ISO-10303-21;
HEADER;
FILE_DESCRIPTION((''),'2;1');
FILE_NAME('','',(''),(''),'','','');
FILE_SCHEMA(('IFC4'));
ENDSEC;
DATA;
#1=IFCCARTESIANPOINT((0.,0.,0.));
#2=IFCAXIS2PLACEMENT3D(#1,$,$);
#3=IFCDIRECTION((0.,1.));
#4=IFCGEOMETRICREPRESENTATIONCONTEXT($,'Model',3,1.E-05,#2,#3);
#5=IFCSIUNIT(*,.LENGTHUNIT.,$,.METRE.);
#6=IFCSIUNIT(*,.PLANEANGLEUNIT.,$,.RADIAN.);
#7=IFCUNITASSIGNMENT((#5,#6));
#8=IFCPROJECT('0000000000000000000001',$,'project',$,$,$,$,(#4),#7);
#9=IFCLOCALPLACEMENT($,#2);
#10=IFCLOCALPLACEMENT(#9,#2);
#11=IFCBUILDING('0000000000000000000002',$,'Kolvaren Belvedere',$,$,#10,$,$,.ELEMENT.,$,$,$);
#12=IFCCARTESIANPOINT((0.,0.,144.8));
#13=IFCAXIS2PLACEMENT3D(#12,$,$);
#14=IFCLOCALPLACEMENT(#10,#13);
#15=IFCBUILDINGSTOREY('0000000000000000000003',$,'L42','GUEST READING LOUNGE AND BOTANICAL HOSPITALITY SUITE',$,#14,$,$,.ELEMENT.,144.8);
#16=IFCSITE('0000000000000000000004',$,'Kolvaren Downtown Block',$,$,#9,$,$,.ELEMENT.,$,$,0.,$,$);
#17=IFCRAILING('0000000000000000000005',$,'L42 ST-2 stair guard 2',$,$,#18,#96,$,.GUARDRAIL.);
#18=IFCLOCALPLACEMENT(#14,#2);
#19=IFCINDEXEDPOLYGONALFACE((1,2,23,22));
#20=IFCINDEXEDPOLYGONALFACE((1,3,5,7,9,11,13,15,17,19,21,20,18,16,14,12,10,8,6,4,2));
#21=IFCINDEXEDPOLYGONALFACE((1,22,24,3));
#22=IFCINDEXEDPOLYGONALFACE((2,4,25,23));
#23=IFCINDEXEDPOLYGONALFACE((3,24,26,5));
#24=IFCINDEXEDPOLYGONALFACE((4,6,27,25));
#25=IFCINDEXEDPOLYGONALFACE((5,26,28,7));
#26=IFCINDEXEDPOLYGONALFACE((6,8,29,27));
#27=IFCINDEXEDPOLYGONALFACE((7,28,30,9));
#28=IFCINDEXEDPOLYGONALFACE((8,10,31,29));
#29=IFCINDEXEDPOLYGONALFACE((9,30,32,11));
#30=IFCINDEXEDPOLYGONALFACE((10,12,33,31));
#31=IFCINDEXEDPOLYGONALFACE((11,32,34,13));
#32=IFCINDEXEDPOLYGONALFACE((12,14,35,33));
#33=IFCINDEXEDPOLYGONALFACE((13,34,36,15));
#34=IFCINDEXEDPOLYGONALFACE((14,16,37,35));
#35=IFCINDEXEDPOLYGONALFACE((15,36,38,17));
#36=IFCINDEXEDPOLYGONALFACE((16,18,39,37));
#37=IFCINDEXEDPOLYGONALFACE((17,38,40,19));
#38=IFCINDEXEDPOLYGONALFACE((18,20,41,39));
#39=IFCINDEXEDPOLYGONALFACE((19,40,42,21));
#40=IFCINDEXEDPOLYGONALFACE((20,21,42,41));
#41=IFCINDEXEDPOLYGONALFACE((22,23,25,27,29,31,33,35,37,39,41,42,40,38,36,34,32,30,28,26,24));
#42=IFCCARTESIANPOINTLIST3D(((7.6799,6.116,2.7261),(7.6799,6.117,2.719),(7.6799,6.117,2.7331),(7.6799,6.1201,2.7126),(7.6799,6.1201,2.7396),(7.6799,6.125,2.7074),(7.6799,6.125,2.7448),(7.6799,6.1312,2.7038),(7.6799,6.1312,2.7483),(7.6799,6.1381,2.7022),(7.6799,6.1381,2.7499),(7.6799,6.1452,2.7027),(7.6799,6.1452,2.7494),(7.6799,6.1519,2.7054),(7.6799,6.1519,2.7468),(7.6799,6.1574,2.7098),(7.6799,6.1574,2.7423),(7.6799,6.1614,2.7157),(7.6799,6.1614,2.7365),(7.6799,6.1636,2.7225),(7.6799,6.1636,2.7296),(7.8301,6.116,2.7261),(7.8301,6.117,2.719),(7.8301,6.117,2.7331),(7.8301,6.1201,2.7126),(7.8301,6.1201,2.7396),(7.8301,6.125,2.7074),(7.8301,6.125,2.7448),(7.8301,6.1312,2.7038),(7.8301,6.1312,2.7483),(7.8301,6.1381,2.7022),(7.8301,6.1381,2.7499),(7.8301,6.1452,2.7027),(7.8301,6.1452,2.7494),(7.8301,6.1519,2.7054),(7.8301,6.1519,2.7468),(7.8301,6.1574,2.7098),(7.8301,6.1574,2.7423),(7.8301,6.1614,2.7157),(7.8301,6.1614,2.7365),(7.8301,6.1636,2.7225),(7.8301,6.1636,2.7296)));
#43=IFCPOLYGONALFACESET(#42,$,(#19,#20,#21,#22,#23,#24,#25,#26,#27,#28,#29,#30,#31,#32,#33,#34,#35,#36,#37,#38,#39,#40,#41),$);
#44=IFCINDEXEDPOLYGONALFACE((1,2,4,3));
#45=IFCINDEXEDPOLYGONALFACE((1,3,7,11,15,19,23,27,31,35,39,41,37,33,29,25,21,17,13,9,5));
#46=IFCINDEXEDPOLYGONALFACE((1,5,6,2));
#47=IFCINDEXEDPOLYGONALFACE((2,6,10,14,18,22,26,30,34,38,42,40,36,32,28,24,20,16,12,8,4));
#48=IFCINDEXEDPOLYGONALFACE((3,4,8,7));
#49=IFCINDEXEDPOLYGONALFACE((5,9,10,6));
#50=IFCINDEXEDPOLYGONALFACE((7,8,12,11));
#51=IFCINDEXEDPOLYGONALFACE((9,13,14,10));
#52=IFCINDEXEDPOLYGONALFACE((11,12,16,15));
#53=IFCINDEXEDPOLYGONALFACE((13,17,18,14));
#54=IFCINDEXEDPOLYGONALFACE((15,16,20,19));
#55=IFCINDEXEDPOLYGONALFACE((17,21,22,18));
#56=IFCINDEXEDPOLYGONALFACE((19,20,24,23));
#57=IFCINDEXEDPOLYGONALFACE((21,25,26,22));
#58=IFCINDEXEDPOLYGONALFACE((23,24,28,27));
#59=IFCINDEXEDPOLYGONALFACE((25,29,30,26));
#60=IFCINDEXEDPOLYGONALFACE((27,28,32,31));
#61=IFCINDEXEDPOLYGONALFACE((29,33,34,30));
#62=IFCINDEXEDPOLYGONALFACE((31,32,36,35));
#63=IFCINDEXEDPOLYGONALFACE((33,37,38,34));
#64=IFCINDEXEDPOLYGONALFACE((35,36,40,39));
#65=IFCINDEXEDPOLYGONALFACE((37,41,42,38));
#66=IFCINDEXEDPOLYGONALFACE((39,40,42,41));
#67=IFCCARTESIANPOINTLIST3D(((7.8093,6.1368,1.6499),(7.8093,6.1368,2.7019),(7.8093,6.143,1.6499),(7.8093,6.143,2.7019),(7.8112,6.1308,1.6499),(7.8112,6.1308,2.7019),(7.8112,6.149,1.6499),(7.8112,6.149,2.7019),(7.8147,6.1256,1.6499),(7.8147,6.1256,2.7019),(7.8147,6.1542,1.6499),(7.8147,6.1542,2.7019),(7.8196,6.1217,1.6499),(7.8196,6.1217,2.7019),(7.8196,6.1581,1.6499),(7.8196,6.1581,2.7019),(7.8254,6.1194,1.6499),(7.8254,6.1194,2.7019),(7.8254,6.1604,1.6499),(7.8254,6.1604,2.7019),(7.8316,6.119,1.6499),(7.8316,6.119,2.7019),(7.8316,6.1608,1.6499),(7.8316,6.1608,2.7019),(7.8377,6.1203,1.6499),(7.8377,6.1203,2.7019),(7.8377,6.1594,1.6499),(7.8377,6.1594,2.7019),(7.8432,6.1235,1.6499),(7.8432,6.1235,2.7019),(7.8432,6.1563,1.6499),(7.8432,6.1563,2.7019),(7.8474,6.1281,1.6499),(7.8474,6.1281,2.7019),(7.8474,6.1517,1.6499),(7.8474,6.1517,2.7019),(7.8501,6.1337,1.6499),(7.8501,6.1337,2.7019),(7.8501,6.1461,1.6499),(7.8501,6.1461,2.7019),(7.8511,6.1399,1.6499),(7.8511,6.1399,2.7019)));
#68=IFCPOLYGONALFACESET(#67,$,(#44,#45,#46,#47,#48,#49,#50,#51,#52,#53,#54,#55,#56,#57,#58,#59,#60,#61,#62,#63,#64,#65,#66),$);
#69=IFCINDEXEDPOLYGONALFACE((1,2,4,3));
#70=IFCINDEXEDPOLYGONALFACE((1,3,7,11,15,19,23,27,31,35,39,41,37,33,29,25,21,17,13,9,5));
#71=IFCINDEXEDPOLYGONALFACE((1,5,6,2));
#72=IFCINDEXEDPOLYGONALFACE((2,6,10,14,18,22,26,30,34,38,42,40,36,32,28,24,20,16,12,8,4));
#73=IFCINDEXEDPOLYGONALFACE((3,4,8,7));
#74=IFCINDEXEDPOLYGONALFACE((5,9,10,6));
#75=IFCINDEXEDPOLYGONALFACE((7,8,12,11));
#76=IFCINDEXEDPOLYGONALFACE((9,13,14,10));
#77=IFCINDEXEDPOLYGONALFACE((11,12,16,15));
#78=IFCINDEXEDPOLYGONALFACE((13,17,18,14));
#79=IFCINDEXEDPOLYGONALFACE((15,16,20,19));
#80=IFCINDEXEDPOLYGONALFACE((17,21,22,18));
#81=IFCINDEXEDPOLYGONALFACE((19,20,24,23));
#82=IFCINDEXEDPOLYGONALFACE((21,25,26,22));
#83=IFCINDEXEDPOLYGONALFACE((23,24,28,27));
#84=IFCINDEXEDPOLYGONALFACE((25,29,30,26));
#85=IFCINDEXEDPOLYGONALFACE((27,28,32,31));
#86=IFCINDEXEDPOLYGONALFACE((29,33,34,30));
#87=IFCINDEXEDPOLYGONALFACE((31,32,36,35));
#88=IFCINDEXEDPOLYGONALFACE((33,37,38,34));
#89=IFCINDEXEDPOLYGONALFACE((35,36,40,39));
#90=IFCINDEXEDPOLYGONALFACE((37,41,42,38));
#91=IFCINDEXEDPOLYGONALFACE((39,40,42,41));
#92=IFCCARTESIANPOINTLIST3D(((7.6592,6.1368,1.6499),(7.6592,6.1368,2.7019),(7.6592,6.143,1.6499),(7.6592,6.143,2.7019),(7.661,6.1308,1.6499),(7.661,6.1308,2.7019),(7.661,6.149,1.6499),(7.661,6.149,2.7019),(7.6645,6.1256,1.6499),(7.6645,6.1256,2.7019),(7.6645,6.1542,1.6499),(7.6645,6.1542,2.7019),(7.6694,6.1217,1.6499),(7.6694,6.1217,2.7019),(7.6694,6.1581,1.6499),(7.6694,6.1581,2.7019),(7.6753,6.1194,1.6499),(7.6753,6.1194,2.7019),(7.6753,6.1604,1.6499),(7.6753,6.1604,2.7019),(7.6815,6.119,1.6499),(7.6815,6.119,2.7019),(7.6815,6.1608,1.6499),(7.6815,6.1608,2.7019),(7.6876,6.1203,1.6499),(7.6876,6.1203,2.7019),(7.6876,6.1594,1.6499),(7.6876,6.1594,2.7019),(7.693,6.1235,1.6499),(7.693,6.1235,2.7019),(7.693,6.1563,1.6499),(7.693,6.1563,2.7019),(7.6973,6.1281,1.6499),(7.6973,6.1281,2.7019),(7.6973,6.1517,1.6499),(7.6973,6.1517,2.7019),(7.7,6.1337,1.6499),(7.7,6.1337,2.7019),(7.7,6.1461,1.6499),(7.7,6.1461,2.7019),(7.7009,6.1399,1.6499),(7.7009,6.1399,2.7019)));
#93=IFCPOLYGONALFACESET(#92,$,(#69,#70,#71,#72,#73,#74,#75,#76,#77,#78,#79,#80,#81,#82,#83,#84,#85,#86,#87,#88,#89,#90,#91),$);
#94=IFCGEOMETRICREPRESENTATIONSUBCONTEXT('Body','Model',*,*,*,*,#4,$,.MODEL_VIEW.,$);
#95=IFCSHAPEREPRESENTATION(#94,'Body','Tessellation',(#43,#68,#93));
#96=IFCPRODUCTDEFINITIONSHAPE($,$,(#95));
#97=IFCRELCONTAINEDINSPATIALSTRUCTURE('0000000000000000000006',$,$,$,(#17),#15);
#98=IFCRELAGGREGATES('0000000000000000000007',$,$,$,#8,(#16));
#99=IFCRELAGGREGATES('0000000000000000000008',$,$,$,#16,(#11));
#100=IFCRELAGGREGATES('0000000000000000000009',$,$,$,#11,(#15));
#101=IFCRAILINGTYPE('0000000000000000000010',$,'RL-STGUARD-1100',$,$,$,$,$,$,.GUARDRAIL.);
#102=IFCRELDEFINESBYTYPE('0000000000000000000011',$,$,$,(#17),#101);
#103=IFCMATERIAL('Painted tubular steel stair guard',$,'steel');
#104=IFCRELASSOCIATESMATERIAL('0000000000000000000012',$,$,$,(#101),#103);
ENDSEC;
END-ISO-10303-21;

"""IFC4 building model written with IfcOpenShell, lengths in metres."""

from ifc_helpers import new_model, si_unit, direction, frame, origin, origin_2d, place, context, subcontext, project, spatial, circle, extrude, material, type_object, element, save


model = new_model("IFC4")

# Units and contexts
model_context = context("Model", 3, precision=1e-05, world=origin(), true_north=direction((0.0, 1.0)))
body_context = subcontext(model_context, "Body", "Model", "MODEL_VIEW")
ifc_project = project(units=[si_unit("LENGTHUNIT", "METRE"), si_unit("PLANEANGLEUNIT", "RADIAN")], contexts=[model_context])

# Site, building, storey
site_placement = place(None, origin())
site = spatial("IfcSite", under=ifc_project, at=site_placement, Name="Kolvaren Downtown Block", CompositionType="ELEMENT", RefElevation=0.0)
building_placement = place(site_placement, origin())
building = spatial("IfcBuilding", under=site, at=building_placement, Name="Kolvaren Belvedere", CompositionType="ELEMENT")
storey_placement = place(building_placement, frame((0.0, 0.0, 144.8)))
storey = spatial("IfcBuildingStorey", under=building, at=storey_placement, Name="L42", Description="GUEST READING LOUNGE AND BOTANICAL HOSPITALITY SUITE", CompositionType="ELEMENT", Elevation=144.8)

# Railing
ifc_material_1 = material(Name="Painted tubular steel stair guard", Category="steel")
railing_type_1 = type_object("IfcRailingType", Name="RL-STGUARD-1100", PredefinedType="GUARDRAIL", material=ifc_material_1)
railing_1_placement = place(storey_placement, frame((7.8301, 6.1399, 1.6499)))
element("IfcRailing", 1, at=railing_1_placement, inside=storey, type_object=railing_type_1, Name="L42 ST-2 stair guard 2", PredefinedType="GUARDRAIL", context=body_context, shape_type="SweptSolid", body=[
    extrude(circle(Radius=0.0239, at=origin_2d()), frame((0.0, 0.0, 1.0762), z_axis=(-1.0, 0.0, 0.0), x_axis=(0.0, -1.0, 0.0)), (0.0, 0.0, 1.0), 0.1501),
    extrude(circle(Radius=0.021, at=origin_2d()), origin(), (0.0, 0.0, 1.0), 1.052),
    extrude(circle(Radius=0.021, at=origin_2d()), frame((-0.1501, 0.0, 0.0)), (0.0, 0.0, 1.0), 1.052),
])

save(model, "model.ifc")
